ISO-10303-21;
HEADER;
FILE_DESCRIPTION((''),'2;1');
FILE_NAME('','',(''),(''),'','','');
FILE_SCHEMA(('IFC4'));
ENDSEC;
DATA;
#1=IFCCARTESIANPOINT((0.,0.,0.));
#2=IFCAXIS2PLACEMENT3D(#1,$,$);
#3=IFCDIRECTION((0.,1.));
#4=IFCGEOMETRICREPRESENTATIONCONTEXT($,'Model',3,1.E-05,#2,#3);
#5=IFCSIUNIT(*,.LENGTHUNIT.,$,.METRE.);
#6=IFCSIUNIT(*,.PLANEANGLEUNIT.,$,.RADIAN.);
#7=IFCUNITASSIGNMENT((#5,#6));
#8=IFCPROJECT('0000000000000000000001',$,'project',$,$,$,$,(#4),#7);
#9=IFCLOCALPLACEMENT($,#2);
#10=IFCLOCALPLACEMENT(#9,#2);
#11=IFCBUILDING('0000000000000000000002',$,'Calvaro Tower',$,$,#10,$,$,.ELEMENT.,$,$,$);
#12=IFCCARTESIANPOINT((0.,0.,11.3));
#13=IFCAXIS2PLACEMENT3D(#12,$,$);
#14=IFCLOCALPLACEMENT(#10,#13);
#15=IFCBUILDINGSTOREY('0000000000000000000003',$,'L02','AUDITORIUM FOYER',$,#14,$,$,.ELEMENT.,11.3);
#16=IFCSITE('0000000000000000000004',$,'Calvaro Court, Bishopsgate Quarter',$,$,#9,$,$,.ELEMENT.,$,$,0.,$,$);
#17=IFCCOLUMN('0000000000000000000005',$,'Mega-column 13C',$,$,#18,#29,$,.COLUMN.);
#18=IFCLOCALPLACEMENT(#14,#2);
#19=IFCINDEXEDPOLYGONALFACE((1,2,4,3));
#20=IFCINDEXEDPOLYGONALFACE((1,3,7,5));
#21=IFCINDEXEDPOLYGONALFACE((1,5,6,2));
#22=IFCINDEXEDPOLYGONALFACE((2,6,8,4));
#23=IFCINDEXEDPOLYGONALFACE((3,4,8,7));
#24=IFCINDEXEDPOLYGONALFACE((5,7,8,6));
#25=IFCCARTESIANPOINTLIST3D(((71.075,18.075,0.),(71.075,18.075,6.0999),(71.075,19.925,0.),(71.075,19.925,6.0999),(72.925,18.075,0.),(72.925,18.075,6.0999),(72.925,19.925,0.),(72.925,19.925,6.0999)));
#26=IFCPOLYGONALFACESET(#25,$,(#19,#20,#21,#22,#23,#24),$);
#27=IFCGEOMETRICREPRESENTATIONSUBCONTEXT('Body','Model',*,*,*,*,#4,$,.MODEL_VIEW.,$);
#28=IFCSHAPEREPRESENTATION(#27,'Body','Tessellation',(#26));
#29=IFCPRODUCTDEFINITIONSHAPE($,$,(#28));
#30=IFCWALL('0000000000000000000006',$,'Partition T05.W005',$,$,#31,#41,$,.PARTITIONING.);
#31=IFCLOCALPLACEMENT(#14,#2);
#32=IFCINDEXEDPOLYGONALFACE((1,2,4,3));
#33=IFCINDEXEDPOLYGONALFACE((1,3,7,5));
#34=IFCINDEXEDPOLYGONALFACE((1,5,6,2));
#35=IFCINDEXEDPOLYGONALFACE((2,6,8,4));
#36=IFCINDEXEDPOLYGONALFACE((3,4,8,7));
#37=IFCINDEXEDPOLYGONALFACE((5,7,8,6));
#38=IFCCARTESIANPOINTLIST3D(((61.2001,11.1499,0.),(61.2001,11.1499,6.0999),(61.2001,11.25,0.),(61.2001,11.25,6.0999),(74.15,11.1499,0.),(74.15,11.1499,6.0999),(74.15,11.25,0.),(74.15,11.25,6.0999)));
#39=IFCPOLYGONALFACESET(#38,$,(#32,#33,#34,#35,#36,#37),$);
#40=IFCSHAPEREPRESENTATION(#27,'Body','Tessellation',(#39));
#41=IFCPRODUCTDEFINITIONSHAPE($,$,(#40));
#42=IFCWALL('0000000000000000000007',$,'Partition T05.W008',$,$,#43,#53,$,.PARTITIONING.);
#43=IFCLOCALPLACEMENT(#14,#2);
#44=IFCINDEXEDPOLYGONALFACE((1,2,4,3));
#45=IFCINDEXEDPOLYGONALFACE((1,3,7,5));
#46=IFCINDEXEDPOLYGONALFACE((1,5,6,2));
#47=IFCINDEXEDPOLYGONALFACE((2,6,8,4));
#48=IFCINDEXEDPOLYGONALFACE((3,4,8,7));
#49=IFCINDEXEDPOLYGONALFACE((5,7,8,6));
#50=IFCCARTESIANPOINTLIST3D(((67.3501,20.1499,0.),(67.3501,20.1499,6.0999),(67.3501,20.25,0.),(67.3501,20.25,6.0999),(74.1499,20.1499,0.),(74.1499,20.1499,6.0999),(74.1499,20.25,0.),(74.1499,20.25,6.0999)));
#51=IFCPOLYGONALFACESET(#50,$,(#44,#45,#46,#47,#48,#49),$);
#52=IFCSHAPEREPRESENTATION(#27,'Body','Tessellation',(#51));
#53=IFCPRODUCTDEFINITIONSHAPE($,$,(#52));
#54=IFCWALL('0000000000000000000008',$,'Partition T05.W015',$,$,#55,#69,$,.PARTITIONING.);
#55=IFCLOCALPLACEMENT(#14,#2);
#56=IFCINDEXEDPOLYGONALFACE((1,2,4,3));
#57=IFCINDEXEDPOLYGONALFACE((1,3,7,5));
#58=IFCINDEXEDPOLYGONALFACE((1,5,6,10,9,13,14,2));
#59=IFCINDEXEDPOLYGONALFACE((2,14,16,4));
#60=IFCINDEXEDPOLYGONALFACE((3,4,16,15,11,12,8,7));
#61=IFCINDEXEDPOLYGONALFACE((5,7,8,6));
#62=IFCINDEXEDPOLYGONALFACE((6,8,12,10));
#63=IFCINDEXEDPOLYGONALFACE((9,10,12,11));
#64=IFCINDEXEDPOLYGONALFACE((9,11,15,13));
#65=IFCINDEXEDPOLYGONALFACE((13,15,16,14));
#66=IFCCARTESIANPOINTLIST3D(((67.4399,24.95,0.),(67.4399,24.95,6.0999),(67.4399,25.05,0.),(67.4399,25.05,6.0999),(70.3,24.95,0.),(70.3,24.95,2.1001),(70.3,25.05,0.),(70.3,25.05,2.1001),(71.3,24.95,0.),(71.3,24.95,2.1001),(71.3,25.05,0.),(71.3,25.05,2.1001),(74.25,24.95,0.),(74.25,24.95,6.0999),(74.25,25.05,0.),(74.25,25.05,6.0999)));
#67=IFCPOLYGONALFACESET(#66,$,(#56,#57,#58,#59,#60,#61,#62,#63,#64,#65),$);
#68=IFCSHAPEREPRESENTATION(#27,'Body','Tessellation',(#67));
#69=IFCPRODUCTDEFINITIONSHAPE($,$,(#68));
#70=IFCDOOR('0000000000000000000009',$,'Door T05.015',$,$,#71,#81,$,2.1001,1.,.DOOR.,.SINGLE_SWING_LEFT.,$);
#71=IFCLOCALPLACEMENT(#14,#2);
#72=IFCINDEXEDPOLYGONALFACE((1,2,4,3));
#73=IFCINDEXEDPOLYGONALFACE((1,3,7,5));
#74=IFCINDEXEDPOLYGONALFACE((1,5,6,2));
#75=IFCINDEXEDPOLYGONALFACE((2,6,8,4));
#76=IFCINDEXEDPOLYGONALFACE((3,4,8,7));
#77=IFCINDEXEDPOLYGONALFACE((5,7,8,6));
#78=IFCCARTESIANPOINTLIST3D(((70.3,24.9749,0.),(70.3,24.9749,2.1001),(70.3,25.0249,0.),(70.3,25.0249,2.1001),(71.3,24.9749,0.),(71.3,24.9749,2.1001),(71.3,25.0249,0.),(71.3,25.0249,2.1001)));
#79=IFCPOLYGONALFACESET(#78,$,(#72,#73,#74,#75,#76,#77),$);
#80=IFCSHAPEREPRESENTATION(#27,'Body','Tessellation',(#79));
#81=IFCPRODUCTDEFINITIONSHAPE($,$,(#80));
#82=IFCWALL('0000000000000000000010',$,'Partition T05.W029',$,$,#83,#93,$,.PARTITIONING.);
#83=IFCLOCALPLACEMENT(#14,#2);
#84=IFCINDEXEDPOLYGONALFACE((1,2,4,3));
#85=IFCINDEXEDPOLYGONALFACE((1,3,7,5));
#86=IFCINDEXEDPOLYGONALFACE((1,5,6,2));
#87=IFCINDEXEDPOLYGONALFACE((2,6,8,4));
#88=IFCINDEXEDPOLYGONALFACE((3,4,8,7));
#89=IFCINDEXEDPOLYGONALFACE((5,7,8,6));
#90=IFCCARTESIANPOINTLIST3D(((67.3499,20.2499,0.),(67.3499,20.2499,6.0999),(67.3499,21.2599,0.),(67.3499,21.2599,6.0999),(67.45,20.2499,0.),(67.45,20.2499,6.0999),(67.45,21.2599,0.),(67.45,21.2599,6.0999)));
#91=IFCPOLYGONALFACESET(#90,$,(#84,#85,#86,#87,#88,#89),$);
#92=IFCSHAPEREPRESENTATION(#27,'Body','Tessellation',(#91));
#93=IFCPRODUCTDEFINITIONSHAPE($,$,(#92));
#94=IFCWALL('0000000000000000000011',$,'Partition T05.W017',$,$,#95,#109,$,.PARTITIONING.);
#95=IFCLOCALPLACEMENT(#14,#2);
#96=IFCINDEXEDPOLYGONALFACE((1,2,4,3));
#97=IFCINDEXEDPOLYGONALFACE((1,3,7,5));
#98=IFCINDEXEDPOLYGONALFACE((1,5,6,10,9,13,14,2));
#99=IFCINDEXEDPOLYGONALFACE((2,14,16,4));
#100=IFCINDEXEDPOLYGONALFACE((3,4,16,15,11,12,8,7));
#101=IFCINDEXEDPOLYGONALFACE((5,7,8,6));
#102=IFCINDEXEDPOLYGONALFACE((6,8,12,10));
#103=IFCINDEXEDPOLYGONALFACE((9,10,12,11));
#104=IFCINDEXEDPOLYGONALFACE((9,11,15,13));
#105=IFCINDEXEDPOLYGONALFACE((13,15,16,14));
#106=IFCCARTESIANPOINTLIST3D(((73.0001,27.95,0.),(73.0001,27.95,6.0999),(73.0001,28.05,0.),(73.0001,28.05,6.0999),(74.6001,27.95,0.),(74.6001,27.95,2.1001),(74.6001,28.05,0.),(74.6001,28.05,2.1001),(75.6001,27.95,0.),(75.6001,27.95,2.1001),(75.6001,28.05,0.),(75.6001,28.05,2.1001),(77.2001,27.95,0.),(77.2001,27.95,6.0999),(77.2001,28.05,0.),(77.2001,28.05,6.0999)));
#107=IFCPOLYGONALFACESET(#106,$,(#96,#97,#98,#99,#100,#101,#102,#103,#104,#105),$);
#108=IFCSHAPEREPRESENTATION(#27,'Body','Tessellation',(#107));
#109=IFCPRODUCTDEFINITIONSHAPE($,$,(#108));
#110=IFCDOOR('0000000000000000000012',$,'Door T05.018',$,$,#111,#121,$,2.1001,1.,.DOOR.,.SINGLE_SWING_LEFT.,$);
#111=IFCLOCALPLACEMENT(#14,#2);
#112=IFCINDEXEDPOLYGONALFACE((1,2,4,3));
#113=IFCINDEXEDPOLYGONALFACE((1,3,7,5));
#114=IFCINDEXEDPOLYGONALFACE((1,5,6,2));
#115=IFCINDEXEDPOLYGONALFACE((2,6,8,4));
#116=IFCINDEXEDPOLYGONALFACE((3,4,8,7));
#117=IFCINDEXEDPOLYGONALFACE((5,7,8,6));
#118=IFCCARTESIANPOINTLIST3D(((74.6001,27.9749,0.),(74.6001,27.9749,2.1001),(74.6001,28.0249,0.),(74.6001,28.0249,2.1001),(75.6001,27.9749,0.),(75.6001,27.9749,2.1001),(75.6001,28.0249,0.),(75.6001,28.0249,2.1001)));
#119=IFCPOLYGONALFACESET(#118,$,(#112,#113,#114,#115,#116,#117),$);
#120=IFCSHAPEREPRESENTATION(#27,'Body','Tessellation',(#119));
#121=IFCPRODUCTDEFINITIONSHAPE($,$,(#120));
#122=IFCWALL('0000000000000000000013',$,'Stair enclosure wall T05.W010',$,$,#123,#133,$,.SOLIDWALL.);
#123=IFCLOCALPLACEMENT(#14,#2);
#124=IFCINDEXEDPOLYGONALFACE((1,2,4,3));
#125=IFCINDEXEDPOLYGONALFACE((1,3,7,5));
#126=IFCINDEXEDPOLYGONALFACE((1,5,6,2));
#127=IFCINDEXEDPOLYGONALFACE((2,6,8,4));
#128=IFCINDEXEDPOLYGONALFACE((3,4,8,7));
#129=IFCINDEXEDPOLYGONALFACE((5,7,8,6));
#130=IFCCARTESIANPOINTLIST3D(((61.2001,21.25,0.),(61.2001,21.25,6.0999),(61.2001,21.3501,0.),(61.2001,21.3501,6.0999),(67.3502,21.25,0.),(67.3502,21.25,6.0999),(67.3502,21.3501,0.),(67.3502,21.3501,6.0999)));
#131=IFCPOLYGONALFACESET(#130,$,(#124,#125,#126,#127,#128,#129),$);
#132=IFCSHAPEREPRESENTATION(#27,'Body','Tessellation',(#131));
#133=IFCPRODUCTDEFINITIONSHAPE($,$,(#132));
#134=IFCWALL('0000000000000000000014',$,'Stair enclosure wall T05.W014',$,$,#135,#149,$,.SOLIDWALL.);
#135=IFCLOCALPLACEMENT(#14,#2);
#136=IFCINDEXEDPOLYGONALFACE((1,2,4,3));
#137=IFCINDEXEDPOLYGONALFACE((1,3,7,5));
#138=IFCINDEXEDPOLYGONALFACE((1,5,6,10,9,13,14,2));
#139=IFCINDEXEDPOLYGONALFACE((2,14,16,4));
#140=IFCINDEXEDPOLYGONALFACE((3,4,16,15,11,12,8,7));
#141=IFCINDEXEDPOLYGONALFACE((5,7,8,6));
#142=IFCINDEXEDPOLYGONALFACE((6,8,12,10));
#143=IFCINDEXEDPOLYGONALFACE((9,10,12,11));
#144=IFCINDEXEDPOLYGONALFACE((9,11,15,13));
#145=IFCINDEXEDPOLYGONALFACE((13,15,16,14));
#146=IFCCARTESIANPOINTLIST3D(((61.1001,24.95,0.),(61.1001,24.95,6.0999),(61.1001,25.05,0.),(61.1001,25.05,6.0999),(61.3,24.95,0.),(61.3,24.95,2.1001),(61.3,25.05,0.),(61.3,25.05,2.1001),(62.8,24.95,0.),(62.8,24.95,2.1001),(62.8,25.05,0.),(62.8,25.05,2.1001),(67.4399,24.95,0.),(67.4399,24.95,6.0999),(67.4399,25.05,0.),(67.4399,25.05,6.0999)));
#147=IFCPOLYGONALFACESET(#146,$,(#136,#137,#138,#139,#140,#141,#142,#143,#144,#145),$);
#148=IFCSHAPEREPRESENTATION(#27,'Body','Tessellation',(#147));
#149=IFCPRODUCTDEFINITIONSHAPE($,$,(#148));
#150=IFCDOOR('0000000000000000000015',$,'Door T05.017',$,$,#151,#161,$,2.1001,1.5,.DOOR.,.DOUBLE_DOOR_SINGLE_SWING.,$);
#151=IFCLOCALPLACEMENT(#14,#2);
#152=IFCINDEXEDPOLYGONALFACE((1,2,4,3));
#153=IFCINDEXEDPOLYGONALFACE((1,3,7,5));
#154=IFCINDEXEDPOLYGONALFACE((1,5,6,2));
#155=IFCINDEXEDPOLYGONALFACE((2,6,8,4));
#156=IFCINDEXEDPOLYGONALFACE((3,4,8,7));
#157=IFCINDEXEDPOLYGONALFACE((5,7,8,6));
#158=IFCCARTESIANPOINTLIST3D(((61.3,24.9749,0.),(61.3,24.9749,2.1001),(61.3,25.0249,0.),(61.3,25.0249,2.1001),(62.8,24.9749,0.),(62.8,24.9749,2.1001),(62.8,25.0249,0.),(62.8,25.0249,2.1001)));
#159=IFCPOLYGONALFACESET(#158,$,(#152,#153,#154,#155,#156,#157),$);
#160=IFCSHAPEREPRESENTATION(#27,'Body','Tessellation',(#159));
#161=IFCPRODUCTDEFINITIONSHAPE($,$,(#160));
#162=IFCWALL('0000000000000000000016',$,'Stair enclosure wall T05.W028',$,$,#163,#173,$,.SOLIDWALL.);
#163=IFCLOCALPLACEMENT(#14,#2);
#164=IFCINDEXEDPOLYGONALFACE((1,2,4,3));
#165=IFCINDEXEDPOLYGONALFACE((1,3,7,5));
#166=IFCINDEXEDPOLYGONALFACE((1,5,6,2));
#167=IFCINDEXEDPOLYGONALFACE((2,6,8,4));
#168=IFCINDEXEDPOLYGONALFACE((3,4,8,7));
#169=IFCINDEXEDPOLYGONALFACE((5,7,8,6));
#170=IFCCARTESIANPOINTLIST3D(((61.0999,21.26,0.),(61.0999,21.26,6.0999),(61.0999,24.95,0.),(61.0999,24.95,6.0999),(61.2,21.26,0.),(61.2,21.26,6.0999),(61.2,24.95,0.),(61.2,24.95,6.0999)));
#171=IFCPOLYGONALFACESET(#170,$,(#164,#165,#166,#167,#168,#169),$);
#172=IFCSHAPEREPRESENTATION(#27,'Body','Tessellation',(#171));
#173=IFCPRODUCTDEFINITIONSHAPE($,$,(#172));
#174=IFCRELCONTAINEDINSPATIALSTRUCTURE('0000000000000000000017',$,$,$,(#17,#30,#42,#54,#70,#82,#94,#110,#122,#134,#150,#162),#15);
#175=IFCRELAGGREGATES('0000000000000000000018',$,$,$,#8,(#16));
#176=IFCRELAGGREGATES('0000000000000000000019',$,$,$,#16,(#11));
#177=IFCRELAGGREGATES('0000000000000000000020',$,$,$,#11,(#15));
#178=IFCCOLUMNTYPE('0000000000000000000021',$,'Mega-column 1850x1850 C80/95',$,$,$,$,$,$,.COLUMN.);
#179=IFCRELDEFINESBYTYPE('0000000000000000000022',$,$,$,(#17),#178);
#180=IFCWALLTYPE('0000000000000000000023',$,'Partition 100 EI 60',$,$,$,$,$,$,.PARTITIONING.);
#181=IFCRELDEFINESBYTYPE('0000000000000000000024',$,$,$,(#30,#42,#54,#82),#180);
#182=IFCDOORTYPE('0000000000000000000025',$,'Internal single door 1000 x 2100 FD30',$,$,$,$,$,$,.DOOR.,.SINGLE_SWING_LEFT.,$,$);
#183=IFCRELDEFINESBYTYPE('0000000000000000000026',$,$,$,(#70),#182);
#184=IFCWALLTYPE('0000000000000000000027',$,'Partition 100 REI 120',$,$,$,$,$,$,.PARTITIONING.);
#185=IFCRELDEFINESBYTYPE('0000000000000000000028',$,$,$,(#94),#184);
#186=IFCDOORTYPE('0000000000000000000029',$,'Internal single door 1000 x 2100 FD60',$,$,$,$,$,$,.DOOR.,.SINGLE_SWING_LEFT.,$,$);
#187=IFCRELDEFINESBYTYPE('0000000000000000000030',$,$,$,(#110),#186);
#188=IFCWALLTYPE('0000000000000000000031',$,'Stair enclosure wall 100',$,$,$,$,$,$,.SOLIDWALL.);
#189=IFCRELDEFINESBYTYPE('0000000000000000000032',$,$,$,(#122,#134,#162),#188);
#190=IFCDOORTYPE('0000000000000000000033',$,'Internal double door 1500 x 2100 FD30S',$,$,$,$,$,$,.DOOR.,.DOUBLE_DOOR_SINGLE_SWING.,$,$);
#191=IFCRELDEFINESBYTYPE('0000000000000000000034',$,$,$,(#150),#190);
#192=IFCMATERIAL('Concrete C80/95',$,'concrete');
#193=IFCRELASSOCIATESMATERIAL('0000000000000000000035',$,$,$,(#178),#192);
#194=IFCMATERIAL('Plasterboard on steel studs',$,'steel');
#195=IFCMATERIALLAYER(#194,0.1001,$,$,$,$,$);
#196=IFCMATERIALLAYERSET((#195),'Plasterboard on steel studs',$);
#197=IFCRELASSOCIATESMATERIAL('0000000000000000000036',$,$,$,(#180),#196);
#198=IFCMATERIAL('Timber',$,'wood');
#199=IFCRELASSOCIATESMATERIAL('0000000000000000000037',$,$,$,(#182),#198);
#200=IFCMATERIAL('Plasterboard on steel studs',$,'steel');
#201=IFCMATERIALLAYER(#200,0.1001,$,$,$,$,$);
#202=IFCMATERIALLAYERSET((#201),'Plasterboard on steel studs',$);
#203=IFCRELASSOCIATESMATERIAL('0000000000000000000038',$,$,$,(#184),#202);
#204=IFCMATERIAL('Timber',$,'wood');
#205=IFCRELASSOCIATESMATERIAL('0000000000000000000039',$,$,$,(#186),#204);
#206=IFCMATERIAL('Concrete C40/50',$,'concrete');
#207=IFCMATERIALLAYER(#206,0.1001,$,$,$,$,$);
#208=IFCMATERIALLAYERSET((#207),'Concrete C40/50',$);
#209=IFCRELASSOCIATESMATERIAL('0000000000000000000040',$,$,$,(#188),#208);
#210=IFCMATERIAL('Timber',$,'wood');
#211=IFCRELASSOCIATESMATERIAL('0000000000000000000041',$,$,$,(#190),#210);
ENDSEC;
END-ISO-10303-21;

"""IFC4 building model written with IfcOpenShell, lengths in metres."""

from ifc_helpers import new_model, si_unit, direction, frame, frame_2d, origin, origin_2d, place, context, subcontext, project, spatial, rectangle, extrude, material, layer, layer_set, material_profile, profile_set, type_object, element, fill, save


model = new_model("IFC4")

# Units and contexts
model_context = context("Model", 3, precision=1e-05, world=origin(), true_north=direction((0.0, 1.0)))
body_context = subcontext(model_context, "Body", "Model", "MODEL_VIEW")
ifc_project = project(units=[si_unit("LENGTHUNIT", "METRE"), si_unit("PLANEANGLEUNIT", "RADIAN")], contexts=[model_context])

# Site, building, storey
site_placement = place(None, origin())
site = spatial("IfcSite", under=ifc_project, at=site_placement, Name="Calvaro Court, Bishopsgate Quarter", CompositionType="ELEMENT", RefElevation=0.0)
building_placement = place(site_placement, origin())
building = spatial("IfcBuilding", under=site, at=building_placement, Name="Calvaro Tower", CompositionType="ELEMENT")
storey_placement = place(building_placement, frame((0.0, 0.0, 11.3)))
storey = spatial("IfcBuildingStorey", under=building, at=storey_placement, Name="L02", Description="AUDITORIUM FOYER", CompositionType="ELEMENT", Elevation=11.3)

# Column
ifc_material_1 = material(Name="Concrete C80/95", Category="concrete")
ifc_material_profile = material_profile(ifc_material_1, rectangle(XDim=1.8501, YDim=1.8501, at=origin_2d()), Name="RC 1850x1850")
ifc_profile_set = profile_set([ifc_material_profile], Name="Concrete C80/95")
column_type = type_object("IfcColumnType", Name="Mega-column 1850x1850 C80/95", PredefinedType="COLUMN", material=ifc_profile_set)
column_placement = place(storey_placement, frame((72.0, 19.0, 0.0), z_axis=(0.0, 0.0, 1.0), x_axis=(1.0, 0.0, 0.0)))
element("IfcColumn", 1, at=column_placement, inside=storey, type_object=column_type, Name="Mega-column 13C", PredefinedType="COLUMN", context=body_context, shape_type="SweptSolid", body=[
    extrude(rectangle(XDim=1.8501, YDim=1.8501, at=origin_2d()), origin(), (0.0, 0.0, 1.0), 6.0999),
])

# Walls
ifc_material_2 = material(Name="Plasterboard on steel studs", Category="steel")
ifc_layer_1 = layer(ifc_material_2, 0.1001)
ifc_layer_set_1 = layer_set([ifc_layer_1], Name="Plasterboard on steel studs")
wall_type_1 = type_object("IfcWallType", Name="Partition 100 EI 60", PredefinedType="PARTITIONING", material=ifc_layer_set_1)
wall_1_placement = place(storey_placement, frame((61.2, 11.2, 0.0), z_axis=(0.0, 0.0, 1.0), x_axis=(1.0, 0.0, 0.0)))
element("IfcWall", 2, at=wall_1_placement, inside=storey, type_object=wall_type_1, Name="Partition T05.W005", PredefinedType="PARTITIONING", context=body_context, shape_type="SweptSolid", body=[
    extrude(rectangle(XDim=12.95, YDim=0.1001, at=frame_2d((6.4751, 0.0))), origin(), (0.0, 0.0, 1.0), 6.0999),
])
wall_2_placement = place(storey_placement, frame((67.3501, 20.2, 0.0), z_axis=(0.0, 0.0, 1.0), x_axis=(1.0, 0.0, 0.0)))
element("IfcWall", 3, at=wall_2_placement, inside=storey, type_object=wall_type_1, Name="Partition T05.W008", PredefinedType="PARTITIONING", context=body_context, shape_type="SweptSolid", body=[
    extrude(rectangle(XDim=6.7998, YDim=0.1001, at=frame_2d((3.3999, 0.0))), origin(), (0.0, 0.0, 1.0), 6.0999),
])

# Wall, opening, door
wall_3_placement = place(storey_placement, frame((67.4399, 25.0, 0.0), z_axis=(0.0, 0.0, 1.0), x_axis=(1.0, 0.0, 0.0)))
wall_3 = element("IfcWall", 4, at=wall_3_placement, inside=storey, type_object=wall_type_1, Name="Partition T05.W015", PredefinedType="PARTITIONING", context=body_context, shape_type="SweptSolid", body=[
    extrude(rectangle(XDim=6.8101, YDim=0.1001, at=frame_2d((3.405, 0.0))), origin(), (0.0, 0.0, 1.0), 6.0999),
])
opening_1_placement = place(wall_3_placement, frame((2.8601, 0.0, 0.0)))
opening_1 = element("IfcOpeningElement", 5, at=opening_1_placement, cuts=wall_3, PredefinedType="OPENING", context=body_context, shape_type="SweptSolid", body=[
    extrude(rectangle(XDim=1.0, YDim=2.1001, at=frame_2d((0.5, 1.05))), frame((0.0, 0.0601, 0.0), z_axis=(0.0, -1.0, 0.0), x_axis=(1.0, 0.0, 0.0)), (0.0, 0.0, 1.0), 0.1201),
])
ifc_material_3 = material(Name="Timber", Category="wood")
door_type_1 = type_object("IfcDoorType", Name="Internal single door 1000 x 2100 FD30", OperationType="SINGLE_SWING_LEFT", PredefinedType="DOOR", material=ifc_material_3)
door_1_placement = place(opening_1_placement, origin())
door_1 = element("IfcDoor", 6, at=door_1_placement, inside=storey, type_object=door_type_1, Name="Door T05.015", OperationType="SINGLE_SWING_LEFT", OverallHeight=2.1001, OverallWidth=1.0, PredefinedType="DOOR", context=body_context, shape_type="SweptSolid", body=[
    extrude(rectangle(XDim=1.0, YDim=2.1001, at=frame_2d((0.5, 1.05))), frame((0.0, 0.0249, 0.0), z_axis=(0.0, -1.0, 0.0), x_axis=(1.0, 0.0, 0.0)), (0.0, 0.0, 1.0), 0.05),
])
fill(opening_1, door_1)

# Wall
wall_4_placement = place(storey_placement, frame((67.3999, 20.25, 0.0), z_axis=(0.0, 0.0, 1.0), x_axis=(0.0, 1.0, 0.0)))
element("IfcWall", 7, at=wall_4_placement, inside=storey, type_object=wall_type_1, Name="Partition T05.W029", PredefinedType="PARTITIONING", context=body_context, shape_type="SweptSolid", body=[
    extrude(rectangle(XDim=1.01, YDim=0.1001, at=frame_2d((0.5049, 0.0))), origin(), (0.0, 0.0, 1.0), 6.0999),
])

# Wall, opening, door
ifc_material_4 = material(Name="Plasterboard on steel studs", Category="steel")
ifc_layer_2 = layer(ifc_material_4, 0.1001)
ifc_layer_set_2 = layer_set([ifc_layer_2], Name="Plasterboard on steel studs")
wall_type_2 = type_object("IfcWallType", Name="Partition 100 REI 120", PredefinedType="PARTITIONING", material=ifc_layer_set_2)
wall_5_placement = place(storey_placement, frame((73.0, 28.0, 0.0), z_axis=(0.0, 0.0, 1.0), x_axis=(1.0, 0.0, 0.0)))
wall_5 = element("IfcWall", 8, at=wall_5_placement, inside=storey, type_object=wall_type_2, Name="Partition T05.W017", PredefinedType="PARTITIONING", context=body_context, shape_type="SweptSolid", body=[
    extrude(rectangle(XDim=4.2, YDim=0.1001, at=frame_2d((2.1001, 0.0))), origin(), (0.0, 0.0, 1.0), 6.0999),
])
opening_2_placement = place(wall_5_placement, frame((1.6001, 0.0, 0.0)))
opening_2 = element("IfcOpeningElement", 9, at=opening_2_placement, cuts=wall_5, PredefinedType="OPENING", context=body_context, shape_type="SweptSolid", body=[
    extrude(rectangle(XDim=1.0, YDim=2.1001, at=frame_2d((0.5, 1.05))), frame((0.0, 0.0601, 0.0), z_axis=(0.0, -1.0, 0.0), x_axis=(1.0, 0.0, 0.0)), (0.0, 0.0, 1.0), 0.1201),
])
ifc_material_5 = material(Name="Timber", Category="wood")
door_type_2 = type_object("IfcDoorType", Name="Internal single door 1000 x 2100 FD60", OperationType="SINGLE_SWING_LEFT", PredefinedType="DOOR", material=ifc_material_5)
door_2_placement = place(opening_2_placement, origin())
door_2 = element("IfcDoor", 10, at=door_2_placement, inside=storey, type_object=door_type_2, Name="Door T05.018", OperationType="SINGLE_SWING_LEFT", OverallHeight=2.1001, OverallWidth=1.0, PredefinedType="DOOR", context=body_context, shape_type="SweptSolid", body=[
    extrude(rectangle(XDim=1.0, YDim=2.1001, at=frame_2d((0.5, 1.05))), frame((0.0, 0.0249, 0.0), z_axis=(0.0, -1.0, 0.0), x_axis=(1.0, 0.0, 0.0)), (0.0, 0.0, 1.0), 0.05),
])
fill(opening_2, door_2)

# Wall
ifc_material_6 = material(Name="Concrete C40/50", Category="concrete")
ifc_layer_3 = layer(ifc_material_6, 0.1001)
ifc_layer_set_3 = layer_set([ifc_layer_3], Name="Concrete C40/50")
wall_type_3 = type_object("IfcWallType", Name="Stair enclosure wall 100", PredefinedType="SOLIDWALL", material=ifc_layer_set_3)
wall_6_placement = place(storey_placement, frame((61.2, 21.3, 0.0), z_axis=(0.0, 0.0, 1.0), x_axis=(1.0, 0.0, 0.0)))
element("IfcWall", 11, at=wall_6_placement, inside=storey, type_object=wall_type_3, Name="Stair enclosure wall T05.W010", PredefinedType="SOLIDWALL", context=body_context, shape_type="SweptSolid", body=[
    extrude(rectangle(XDim=6.1501, YDim=0.1001, at=frame_2d((3.0752, 0.0))), origin(), (0.0, 0.0, 1.0), 6.0999),
])

# Wall, opening, door
wall_7_placement = place(storey_placement, frame((61.1001, 25.0, 0.0), z_axis=(0.0, 0.0, 1.0), x_axis=(1.0, 0.0, 0.0)))
wall_7 = element("IfcWall", 12, at=wall_7_placement, inside=storey, type_object=wall_type_3, Name="Stair enclosure wall T05.W014", PredefinedType="SOLIDWALL", context=body_context, shape_type="SweptSolid", body=[
    extrude(rectangle(XDim=6.3398, YDim=0.1001, at=frame_2d((3.1699, 0.0))), origin(), (0.0, 0.0, 1.0), 6.0999),
])
opening_3_placement = place(wall_7_placement, frame((0.2, 0.0, 0.0)))
opening_3 = element("IfcOpeningElement", 13, at=opening_3_placement, cuts=wall_7, PredefinedType="OPENING", context=body_context, shape_type="SweptSolid", body=[
    extrude(rectangle(XDim=1.5, YDim=2.1001, at=frame_2d((0.75, 1.05))), frame((0.0, 0.0601, 0.0), z_axis=(0.0, -1.0, 0.0), x_axis=(1.0, 0.0, 0.0)), (0.0, 0.0, 1.0), 0.1201),
])
ifc_material_7 = material(Name="Timber", Category="wood")
door_type_3 = type_object("IfcDoorType", Name="Internal double door 1500 x 2100 FD30S", OperationType="DOUBLE_DOOR_SINGLE_SWING", PredefinedType="DOOR", material=ifc_material_7)
door_3_placement = place(opening_3_placement, origin())
door_3 = element("IfcDoor", 14, at=door_3_placement, inside=storey, type_object=door_type_3, Name="Door T05.017", OperationType="DOUBLE_DOOR_SINGLE_SWING", OverallHeight=2.1001, OverallWidth=1.5, PredefinedType="DOOR", context=body_context, shape_type="SweptSolid", body=[
    extrude(rectangle(XDim=1.5, YDim=2.1001, at=frame_2d((0.75, 1.05))), frame((0.0, 0.0249, 0.0), z_axis=(0.0, -1.0, 0.0), x_axis=(1.0, 0.0, 0.0)), (0.0, 0.0, 1.0), 0.05),
])
fill(opening_3, door_3)

# Wall
for number, where, z_axis, x_axis, name in (
    (15, (61.1499, 21.26, 0.0), (0.0, 0.0, 1.0), (0.0, 1.0, 0.0), "Stair enclosure wall T05.W028"),
):
    element("IfcWall", number, at=place(storey_placement, frame(where, z_axis=z_axis, x_axis=x_axis)), inside=storey, type_object=wall_type_3, Name=name, PredefinedType="SOLIDWALL", context=body_context, shape_type="SweptSolid", body=[
        extrude(rectangle(XDim=3.6899, YDim=0.1001, at=frame_2d((1.845, 0.0))), origin(), (0.0, 0.0, 1.0), 6.0999),
    ])

save(model, "model.ifc")
